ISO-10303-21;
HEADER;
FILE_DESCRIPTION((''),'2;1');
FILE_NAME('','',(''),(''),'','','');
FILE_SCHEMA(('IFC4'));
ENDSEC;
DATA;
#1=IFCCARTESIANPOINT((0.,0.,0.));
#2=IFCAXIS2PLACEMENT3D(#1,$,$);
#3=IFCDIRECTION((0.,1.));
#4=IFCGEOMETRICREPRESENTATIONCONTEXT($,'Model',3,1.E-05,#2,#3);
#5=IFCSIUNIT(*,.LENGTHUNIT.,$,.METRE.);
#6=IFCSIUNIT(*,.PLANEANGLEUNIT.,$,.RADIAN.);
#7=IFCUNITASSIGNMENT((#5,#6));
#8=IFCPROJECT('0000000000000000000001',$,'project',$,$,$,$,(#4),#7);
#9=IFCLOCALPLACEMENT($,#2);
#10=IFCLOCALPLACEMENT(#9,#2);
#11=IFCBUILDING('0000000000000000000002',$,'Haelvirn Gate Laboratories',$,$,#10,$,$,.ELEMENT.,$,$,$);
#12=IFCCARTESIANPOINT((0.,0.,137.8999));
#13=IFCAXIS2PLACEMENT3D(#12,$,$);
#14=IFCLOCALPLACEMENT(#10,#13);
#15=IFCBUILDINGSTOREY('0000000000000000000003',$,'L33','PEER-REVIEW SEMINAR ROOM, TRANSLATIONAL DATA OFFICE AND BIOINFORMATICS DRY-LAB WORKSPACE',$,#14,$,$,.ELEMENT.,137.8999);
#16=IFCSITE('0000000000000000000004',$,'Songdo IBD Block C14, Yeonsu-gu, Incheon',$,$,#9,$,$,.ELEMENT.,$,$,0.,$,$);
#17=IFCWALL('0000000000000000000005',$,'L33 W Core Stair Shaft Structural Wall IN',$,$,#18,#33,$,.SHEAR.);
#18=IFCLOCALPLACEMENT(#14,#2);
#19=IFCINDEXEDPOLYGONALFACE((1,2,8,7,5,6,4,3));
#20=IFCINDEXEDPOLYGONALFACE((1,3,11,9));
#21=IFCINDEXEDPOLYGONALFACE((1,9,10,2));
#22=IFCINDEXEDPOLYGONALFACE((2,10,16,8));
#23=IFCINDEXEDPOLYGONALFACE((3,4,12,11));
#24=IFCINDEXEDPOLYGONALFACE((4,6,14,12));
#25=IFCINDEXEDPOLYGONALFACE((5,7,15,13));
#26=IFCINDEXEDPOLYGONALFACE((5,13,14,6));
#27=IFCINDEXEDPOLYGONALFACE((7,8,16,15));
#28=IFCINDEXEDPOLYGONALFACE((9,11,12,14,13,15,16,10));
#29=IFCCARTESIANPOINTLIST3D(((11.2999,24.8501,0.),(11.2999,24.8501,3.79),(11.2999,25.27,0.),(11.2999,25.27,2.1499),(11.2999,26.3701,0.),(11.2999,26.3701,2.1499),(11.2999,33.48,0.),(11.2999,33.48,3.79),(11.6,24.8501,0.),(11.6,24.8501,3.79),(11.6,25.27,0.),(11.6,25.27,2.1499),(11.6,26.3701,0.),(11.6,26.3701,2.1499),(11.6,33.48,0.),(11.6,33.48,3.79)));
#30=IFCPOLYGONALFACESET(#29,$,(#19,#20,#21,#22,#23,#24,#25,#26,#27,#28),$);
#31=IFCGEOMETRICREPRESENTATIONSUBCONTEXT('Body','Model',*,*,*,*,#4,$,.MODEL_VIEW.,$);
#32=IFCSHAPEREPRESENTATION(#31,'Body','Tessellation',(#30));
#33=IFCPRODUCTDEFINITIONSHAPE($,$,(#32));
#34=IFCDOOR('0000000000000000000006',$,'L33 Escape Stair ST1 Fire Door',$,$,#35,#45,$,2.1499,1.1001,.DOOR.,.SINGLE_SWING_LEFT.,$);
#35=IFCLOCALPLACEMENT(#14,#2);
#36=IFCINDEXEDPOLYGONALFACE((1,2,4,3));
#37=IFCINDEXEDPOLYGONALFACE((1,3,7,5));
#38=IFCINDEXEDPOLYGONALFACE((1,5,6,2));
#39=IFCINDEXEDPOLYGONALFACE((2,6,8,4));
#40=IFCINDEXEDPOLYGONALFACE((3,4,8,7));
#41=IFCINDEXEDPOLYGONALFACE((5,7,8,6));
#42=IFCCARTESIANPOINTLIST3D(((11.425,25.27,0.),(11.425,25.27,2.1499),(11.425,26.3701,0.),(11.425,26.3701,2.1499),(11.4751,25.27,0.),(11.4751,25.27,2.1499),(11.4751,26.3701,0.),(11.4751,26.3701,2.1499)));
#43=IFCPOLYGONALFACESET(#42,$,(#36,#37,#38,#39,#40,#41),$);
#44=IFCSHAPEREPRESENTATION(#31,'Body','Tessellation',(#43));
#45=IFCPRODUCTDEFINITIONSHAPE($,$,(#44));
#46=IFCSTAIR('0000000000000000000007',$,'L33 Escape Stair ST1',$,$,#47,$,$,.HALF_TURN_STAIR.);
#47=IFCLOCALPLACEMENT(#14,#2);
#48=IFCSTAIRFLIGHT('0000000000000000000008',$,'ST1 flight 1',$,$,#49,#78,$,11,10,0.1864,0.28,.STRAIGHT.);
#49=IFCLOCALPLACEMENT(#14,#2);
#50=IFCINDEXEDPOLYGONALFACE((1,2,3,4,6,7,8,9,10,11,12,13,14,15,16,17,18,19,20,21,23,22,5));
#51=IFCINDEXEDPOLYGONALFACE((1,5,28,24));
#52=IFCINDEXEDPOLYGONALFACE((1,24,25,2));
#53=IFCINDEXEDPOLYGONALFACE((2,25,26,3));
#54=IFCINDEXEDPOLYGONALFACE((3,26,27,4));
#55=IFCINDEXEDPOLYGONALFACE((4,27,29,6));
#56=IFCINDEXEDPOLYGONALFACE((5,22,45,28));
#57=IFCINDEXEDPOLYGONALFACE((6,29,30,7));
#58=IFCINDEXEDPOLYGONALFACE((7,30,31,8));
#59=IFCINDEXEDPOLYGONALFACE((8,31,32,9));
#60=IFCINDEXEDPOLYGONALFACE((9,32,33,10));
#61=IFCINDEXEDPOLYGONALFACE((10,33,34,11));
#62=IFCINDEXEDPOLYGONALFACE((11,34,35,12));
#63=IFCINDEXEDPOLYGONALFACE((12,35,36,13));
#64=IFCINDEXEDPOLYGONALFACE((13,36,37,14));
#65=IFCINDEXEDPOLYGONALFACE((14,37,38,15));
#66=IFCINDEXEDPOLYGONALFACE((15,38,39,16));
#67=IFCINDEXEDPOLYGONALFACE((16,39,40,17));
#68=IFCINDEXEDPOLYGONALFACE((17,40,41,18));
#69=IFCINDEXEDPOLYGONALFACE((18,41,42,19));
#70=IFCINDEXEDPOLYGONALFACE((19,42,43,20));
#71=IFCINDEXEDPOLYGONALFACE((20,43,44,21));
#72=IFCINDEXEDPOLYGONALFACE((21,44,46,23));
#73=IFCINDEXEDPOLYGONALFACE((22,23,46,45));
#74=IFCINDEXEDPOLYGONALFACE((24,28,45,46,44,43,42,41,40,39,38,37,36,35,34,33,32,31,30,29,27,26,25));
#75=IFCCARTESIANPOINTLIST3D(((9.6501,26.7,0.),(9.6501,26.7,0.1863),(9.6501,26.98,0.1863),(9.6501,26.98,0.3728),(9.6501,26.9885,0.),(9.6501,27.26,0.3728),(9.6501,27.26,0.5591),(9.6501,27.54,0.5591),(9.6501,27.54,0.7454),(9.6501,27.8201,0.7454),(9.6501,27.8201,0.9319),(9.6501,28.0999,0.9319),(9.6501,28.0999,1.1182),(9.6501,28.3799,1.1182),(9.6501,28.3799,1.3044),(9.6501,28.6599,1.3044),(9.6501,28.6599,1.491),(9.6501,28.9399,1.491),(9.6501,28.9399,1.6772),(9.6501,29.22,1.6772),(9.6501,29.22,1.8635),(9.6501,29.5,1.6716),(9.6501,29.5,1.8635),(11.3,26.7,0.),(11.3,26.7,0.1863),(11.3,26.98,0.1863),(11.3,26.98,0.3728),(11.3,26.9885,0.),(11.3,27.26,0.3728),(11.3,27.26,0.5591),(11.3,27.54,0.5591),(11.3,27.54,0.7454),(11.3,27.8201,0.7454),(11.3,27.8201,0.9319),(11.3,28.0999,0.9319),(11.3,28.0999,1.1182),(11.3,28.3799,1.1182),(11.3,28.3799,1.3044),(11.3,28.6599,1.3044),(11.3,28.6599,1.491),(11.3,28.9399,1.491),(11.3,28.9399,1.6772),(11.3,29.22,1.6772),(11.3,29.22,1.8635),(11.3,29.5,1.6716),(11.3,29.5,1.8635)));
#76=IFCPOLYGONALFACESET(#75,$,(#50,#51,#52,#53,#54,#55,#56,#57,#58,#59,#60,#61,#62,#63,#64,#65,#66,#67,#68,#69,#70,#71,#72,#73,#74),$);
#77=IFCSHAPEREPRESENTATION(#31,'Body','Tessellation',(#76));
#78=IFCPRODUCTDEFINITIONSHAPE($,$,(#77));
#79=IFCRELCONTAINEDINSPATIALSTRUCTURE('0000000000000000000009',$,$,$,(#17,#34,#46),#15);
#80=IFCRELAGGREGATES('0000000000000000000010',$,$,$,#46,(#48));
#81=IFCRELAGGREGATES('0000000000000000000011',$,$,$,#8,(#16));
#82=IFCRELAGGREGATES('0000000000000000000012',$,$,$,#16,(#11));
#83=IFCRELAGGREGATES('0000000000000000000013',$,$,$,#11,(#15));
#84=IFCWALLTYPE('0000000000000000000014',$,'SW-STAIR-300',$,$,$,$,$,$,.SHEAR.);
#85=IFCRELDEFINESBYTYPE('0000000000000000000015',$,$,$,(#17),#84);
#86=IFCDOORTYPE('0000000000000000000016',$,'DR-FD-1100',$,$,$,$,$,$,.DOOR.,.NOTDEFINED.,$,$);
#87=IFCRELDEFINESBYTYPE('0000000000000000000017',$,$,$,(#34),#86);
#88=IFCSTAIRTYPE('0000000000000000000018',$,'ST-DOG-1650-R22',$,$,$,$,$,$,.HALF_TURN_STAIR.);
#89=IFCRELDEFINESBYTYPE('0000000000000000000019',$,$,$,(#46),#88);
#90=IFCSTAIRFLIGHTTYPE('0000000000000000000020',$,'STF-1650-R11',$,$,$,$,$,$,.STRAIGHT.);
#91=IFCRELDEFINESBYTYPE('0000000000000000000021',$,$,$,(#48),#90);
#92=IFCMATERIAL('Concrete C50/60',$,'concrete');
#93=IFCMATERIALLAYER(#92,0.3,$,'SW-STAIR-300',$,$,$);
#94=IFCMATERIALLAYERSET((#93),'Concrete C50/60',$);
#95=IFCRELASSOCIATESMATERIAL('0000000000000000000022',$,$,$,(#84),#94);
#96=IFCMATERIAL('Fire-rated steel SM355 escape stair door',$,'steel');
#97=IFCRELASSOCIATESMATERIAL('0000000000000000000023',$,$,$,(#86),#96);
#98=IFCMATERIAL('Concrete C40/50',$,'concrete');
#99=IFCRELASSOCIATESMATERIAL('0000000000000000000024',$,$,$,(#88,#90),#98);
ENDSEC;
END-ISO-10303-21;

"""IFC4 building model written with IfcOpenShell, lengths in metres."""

from ifc_helpers import new_model, si_unit, direction, frame, frame_2d, origin, place, context, subcontext, project, spatial, polyline, rectangle, outline, extrude, source, transform, mapped, material, layer, layer_set, type_object, type_shapes, element, fill, aggregate, save


model = new_model("IFC4")

# Units and contexts
model_context = context("Model", 3, precision=1e-05, world=origin(), true_north=direction((0.0, 1.0)))
body_context = subcontext(model_context, "Body", "Model", "MODEL_VIEW")
ifc_project = project(units=[si_unit("LENGTHUNIT", "METRE"), si_unit("PLANEANGLEUNIT", "RADIAN")], contexts=[model_context])

# Site, building, storey
site_placement = place(None, origin())
site = spatial("IfcSite", under=ifc_project, at=site_placement, Name="Songdo IBD Block C14, Yeonsu-gu, Incheon", CompositionType="ELEMENT", RefElevation=0.0)
building_placement = place(site_placement, origin())
building = spatial("IfcBuilding", under=site, at=building_placement, Name="Haelvirn Gate Laboratories", CompositionType="ELEMENT")
storey_placement = place(building_placement, frame((0.0, 0.0, 137.8999)))
storey = spatial("IfcBuildingStorey", under=building, at=storey_placement, Name="L33", Description="PEER-REVIEW SEMINAR ROOM, TRANSLATIONAL DATA OFFICE AND BIOINFORMATICS DRY-LAB WORKSPACE", CompositionType="ELEMENT", Elevation=137.8999)

# Shared definitions
ifc_material_1 = material(Name="Concrete C40/50", Category="concrete")

# Wall, opening, door
ifc_material_2 = material(Name="Concrete C50/60", Category="concrete")
ifc_layer_1 = layer(ifc_material_2, 0.3, Name="SW-STAIR-300")
ifc_layer_set_1 = layer_set([ifc_layer_1], Name="Concrete C50/60")
wall_type_1 = type_object("IfcWallType", Name="SW-STAIR-300", PredefinedType="SHEAR", material=ifc_layer_set_1)
wall_1_placement = place(storey_placement, frame((11.45, 24.8501, 0.0), z_axis=(0.0, 0.0, 1.0), x_axis=(0.0, 1.0, 0.0)))
wall_1 = element("IfcWall", 1, at=wall_1_placement, inside=storey, type_object=wall_type_1, Name="L33 W Core Stair Shaft Structural Wall IN", PredefinedType="SHEAR", context=body_context, shape_type="SweptSolid", body=[
    extrude(rectangle(XDim=8.6299, YDim=0.3, at=frame_2d((4.3149, 0.0))), origin(), (0.0, 0.0, 1.0), 3.79),
])
opening_1_placement = place(wall_1_placement, frame((0.4199, 0.0, 0.0)))
opening_1 = element("IfcOpeningElement", 2, at=opening_1_placement, cuts=wall_1, PredefinedType="OPENING", context=body_context, shape_type="SweptSolid", body=[
    extrude(rectangle(XDim=1.1001, YDim=2.1499, at=frame_2d((0.55, 1.075))), frame((0.0, 0.1602, 0.0), z_axis=(0.0, -1.0, 0.0), x_axis=(1.0, 0.0, 0.0)), (0.0, 0.0, 1.0), 0.3201),
])
ifc_material_3 = material(Name="Fire-rated steel SM355 escape stair door", Category="steel")
door_type_1 = type_object("IfcDoorType", Name="DR-FD-1100", OperationType="NOTDEFINED", PredefinedType="DOOR", material=ifc_material_3)
shared_shape_1 = source(origin(), body_context, "Body", "SweptSolid", [
    extrude(rectangle(XDim=1.1001, YDim=2.1499, at=frame_2d((0.55, 1.075))), frame((0.0, 0.0249, 0.0), z_axis=(0.0, -1.0, 0.0), x_axis=(1.0, 0.0, 0.0)), (0.0, 0.0, 1.0), 0.05),
])
type_shapes(door_type_1, [shared_shape_1])
door_1_placement = place(opening_1_placement, origin())
door_1 = element("IfcDoor", 3, at=door_1_placement, inside=storey, type_object=door_type_1, Name="L33 Escape Stair ST1 Fire Door", OperationType="SINGLE_SWING_LEFT", OverallHeight=2.1499, OverallWidth=1.1001, PredefinedType="DOOR", context=body_context, shape_type="MappedRepresentation", body=[
    mapped(shared_shape_1, transform((0.0, 0.0, 0.0), scale=1.0)),
])
fill(opening_1, door_1)

# Stair, stair flight
stair_type = type_object("IfcStairType", Name="ST-DOG-1650-R22", PredefinedType="HALF_TURN_STAIR", material=ifc_material_1)
stair_placement = place(storey_placement, origin())
stair = element("IfcStair", 4, at=stair_placement, inside=storey, type_object=stair_type, Name="L33 Escape Stair ST1", PredefinedType="HALF_TURN_STAIR")
stair_flight_type = type_object("IfcStairFlightType", Name="STF-1650-R11", PredefinedType="STRAIGHT", material=ifc_material_1)
shared_shape_2 = source(origin(), body_context, "Body", "SweptSolid", [
    extrude(outline(polyline([(0.0, 0.0), (0.0, 0.1863), (0.28, 0.1863), (0.28, 0.3728), (0.5601, 0.3728), (0.5601, 0.5591), (0.8401, 0.5591), (0.8401, 0.7454), (1.1201, 0.7454), (1.1201, 0.9319), (1.3999, 0.9319), (1.3999, 1.1182), (1.6799, 1.1182), (1.6799, 1.3044), (1.96, 1.3044), (1.96, 1.491), (2.24, 1.491), (2.24, 1.6772), (2.52, 1.6772), (2.52, 1.8635), (2.8, 1.8635), (2.8, 2.05), (2.8, 1.6716), (0.2886, 0.0), (0.0, 0.0)])), frame((0.0, 0.825, 0.0), z_axis=(0.0, -1.0, 0.0), x_axis=(1.0, 0.0, 0.0)), (0.0, 0.0, 1.0), 1.6499),
])
type_shapes(stair_flight_type, [shared_shape_2])
stair_flight_placement = place(storey_placement, frame((10.4751, 26.7, 0.0), z_axis=(0.0, 0.0, 1.0), x_axis=(0.0, 1.0, 0.0)))
stair_flight = element("IfcStairFlight", 5, at=stair_flight_placement, type_object=stair_flight_type, Name="ST1 flight 1", NumberOfRisers=11, NumberOfTreads=10, PredefinedType="STRAIGHT", RiserHeight=0.1864, TreadLength=0.28, context=body_context, shape_type="MappedRepresentation", body=[
    mapped(shared_shape_2, transform((0.0, 0.0, 0.0), scale=1.0)),
])
aggregate(stair, [stair_flight])

save(model, "model.ifc")
